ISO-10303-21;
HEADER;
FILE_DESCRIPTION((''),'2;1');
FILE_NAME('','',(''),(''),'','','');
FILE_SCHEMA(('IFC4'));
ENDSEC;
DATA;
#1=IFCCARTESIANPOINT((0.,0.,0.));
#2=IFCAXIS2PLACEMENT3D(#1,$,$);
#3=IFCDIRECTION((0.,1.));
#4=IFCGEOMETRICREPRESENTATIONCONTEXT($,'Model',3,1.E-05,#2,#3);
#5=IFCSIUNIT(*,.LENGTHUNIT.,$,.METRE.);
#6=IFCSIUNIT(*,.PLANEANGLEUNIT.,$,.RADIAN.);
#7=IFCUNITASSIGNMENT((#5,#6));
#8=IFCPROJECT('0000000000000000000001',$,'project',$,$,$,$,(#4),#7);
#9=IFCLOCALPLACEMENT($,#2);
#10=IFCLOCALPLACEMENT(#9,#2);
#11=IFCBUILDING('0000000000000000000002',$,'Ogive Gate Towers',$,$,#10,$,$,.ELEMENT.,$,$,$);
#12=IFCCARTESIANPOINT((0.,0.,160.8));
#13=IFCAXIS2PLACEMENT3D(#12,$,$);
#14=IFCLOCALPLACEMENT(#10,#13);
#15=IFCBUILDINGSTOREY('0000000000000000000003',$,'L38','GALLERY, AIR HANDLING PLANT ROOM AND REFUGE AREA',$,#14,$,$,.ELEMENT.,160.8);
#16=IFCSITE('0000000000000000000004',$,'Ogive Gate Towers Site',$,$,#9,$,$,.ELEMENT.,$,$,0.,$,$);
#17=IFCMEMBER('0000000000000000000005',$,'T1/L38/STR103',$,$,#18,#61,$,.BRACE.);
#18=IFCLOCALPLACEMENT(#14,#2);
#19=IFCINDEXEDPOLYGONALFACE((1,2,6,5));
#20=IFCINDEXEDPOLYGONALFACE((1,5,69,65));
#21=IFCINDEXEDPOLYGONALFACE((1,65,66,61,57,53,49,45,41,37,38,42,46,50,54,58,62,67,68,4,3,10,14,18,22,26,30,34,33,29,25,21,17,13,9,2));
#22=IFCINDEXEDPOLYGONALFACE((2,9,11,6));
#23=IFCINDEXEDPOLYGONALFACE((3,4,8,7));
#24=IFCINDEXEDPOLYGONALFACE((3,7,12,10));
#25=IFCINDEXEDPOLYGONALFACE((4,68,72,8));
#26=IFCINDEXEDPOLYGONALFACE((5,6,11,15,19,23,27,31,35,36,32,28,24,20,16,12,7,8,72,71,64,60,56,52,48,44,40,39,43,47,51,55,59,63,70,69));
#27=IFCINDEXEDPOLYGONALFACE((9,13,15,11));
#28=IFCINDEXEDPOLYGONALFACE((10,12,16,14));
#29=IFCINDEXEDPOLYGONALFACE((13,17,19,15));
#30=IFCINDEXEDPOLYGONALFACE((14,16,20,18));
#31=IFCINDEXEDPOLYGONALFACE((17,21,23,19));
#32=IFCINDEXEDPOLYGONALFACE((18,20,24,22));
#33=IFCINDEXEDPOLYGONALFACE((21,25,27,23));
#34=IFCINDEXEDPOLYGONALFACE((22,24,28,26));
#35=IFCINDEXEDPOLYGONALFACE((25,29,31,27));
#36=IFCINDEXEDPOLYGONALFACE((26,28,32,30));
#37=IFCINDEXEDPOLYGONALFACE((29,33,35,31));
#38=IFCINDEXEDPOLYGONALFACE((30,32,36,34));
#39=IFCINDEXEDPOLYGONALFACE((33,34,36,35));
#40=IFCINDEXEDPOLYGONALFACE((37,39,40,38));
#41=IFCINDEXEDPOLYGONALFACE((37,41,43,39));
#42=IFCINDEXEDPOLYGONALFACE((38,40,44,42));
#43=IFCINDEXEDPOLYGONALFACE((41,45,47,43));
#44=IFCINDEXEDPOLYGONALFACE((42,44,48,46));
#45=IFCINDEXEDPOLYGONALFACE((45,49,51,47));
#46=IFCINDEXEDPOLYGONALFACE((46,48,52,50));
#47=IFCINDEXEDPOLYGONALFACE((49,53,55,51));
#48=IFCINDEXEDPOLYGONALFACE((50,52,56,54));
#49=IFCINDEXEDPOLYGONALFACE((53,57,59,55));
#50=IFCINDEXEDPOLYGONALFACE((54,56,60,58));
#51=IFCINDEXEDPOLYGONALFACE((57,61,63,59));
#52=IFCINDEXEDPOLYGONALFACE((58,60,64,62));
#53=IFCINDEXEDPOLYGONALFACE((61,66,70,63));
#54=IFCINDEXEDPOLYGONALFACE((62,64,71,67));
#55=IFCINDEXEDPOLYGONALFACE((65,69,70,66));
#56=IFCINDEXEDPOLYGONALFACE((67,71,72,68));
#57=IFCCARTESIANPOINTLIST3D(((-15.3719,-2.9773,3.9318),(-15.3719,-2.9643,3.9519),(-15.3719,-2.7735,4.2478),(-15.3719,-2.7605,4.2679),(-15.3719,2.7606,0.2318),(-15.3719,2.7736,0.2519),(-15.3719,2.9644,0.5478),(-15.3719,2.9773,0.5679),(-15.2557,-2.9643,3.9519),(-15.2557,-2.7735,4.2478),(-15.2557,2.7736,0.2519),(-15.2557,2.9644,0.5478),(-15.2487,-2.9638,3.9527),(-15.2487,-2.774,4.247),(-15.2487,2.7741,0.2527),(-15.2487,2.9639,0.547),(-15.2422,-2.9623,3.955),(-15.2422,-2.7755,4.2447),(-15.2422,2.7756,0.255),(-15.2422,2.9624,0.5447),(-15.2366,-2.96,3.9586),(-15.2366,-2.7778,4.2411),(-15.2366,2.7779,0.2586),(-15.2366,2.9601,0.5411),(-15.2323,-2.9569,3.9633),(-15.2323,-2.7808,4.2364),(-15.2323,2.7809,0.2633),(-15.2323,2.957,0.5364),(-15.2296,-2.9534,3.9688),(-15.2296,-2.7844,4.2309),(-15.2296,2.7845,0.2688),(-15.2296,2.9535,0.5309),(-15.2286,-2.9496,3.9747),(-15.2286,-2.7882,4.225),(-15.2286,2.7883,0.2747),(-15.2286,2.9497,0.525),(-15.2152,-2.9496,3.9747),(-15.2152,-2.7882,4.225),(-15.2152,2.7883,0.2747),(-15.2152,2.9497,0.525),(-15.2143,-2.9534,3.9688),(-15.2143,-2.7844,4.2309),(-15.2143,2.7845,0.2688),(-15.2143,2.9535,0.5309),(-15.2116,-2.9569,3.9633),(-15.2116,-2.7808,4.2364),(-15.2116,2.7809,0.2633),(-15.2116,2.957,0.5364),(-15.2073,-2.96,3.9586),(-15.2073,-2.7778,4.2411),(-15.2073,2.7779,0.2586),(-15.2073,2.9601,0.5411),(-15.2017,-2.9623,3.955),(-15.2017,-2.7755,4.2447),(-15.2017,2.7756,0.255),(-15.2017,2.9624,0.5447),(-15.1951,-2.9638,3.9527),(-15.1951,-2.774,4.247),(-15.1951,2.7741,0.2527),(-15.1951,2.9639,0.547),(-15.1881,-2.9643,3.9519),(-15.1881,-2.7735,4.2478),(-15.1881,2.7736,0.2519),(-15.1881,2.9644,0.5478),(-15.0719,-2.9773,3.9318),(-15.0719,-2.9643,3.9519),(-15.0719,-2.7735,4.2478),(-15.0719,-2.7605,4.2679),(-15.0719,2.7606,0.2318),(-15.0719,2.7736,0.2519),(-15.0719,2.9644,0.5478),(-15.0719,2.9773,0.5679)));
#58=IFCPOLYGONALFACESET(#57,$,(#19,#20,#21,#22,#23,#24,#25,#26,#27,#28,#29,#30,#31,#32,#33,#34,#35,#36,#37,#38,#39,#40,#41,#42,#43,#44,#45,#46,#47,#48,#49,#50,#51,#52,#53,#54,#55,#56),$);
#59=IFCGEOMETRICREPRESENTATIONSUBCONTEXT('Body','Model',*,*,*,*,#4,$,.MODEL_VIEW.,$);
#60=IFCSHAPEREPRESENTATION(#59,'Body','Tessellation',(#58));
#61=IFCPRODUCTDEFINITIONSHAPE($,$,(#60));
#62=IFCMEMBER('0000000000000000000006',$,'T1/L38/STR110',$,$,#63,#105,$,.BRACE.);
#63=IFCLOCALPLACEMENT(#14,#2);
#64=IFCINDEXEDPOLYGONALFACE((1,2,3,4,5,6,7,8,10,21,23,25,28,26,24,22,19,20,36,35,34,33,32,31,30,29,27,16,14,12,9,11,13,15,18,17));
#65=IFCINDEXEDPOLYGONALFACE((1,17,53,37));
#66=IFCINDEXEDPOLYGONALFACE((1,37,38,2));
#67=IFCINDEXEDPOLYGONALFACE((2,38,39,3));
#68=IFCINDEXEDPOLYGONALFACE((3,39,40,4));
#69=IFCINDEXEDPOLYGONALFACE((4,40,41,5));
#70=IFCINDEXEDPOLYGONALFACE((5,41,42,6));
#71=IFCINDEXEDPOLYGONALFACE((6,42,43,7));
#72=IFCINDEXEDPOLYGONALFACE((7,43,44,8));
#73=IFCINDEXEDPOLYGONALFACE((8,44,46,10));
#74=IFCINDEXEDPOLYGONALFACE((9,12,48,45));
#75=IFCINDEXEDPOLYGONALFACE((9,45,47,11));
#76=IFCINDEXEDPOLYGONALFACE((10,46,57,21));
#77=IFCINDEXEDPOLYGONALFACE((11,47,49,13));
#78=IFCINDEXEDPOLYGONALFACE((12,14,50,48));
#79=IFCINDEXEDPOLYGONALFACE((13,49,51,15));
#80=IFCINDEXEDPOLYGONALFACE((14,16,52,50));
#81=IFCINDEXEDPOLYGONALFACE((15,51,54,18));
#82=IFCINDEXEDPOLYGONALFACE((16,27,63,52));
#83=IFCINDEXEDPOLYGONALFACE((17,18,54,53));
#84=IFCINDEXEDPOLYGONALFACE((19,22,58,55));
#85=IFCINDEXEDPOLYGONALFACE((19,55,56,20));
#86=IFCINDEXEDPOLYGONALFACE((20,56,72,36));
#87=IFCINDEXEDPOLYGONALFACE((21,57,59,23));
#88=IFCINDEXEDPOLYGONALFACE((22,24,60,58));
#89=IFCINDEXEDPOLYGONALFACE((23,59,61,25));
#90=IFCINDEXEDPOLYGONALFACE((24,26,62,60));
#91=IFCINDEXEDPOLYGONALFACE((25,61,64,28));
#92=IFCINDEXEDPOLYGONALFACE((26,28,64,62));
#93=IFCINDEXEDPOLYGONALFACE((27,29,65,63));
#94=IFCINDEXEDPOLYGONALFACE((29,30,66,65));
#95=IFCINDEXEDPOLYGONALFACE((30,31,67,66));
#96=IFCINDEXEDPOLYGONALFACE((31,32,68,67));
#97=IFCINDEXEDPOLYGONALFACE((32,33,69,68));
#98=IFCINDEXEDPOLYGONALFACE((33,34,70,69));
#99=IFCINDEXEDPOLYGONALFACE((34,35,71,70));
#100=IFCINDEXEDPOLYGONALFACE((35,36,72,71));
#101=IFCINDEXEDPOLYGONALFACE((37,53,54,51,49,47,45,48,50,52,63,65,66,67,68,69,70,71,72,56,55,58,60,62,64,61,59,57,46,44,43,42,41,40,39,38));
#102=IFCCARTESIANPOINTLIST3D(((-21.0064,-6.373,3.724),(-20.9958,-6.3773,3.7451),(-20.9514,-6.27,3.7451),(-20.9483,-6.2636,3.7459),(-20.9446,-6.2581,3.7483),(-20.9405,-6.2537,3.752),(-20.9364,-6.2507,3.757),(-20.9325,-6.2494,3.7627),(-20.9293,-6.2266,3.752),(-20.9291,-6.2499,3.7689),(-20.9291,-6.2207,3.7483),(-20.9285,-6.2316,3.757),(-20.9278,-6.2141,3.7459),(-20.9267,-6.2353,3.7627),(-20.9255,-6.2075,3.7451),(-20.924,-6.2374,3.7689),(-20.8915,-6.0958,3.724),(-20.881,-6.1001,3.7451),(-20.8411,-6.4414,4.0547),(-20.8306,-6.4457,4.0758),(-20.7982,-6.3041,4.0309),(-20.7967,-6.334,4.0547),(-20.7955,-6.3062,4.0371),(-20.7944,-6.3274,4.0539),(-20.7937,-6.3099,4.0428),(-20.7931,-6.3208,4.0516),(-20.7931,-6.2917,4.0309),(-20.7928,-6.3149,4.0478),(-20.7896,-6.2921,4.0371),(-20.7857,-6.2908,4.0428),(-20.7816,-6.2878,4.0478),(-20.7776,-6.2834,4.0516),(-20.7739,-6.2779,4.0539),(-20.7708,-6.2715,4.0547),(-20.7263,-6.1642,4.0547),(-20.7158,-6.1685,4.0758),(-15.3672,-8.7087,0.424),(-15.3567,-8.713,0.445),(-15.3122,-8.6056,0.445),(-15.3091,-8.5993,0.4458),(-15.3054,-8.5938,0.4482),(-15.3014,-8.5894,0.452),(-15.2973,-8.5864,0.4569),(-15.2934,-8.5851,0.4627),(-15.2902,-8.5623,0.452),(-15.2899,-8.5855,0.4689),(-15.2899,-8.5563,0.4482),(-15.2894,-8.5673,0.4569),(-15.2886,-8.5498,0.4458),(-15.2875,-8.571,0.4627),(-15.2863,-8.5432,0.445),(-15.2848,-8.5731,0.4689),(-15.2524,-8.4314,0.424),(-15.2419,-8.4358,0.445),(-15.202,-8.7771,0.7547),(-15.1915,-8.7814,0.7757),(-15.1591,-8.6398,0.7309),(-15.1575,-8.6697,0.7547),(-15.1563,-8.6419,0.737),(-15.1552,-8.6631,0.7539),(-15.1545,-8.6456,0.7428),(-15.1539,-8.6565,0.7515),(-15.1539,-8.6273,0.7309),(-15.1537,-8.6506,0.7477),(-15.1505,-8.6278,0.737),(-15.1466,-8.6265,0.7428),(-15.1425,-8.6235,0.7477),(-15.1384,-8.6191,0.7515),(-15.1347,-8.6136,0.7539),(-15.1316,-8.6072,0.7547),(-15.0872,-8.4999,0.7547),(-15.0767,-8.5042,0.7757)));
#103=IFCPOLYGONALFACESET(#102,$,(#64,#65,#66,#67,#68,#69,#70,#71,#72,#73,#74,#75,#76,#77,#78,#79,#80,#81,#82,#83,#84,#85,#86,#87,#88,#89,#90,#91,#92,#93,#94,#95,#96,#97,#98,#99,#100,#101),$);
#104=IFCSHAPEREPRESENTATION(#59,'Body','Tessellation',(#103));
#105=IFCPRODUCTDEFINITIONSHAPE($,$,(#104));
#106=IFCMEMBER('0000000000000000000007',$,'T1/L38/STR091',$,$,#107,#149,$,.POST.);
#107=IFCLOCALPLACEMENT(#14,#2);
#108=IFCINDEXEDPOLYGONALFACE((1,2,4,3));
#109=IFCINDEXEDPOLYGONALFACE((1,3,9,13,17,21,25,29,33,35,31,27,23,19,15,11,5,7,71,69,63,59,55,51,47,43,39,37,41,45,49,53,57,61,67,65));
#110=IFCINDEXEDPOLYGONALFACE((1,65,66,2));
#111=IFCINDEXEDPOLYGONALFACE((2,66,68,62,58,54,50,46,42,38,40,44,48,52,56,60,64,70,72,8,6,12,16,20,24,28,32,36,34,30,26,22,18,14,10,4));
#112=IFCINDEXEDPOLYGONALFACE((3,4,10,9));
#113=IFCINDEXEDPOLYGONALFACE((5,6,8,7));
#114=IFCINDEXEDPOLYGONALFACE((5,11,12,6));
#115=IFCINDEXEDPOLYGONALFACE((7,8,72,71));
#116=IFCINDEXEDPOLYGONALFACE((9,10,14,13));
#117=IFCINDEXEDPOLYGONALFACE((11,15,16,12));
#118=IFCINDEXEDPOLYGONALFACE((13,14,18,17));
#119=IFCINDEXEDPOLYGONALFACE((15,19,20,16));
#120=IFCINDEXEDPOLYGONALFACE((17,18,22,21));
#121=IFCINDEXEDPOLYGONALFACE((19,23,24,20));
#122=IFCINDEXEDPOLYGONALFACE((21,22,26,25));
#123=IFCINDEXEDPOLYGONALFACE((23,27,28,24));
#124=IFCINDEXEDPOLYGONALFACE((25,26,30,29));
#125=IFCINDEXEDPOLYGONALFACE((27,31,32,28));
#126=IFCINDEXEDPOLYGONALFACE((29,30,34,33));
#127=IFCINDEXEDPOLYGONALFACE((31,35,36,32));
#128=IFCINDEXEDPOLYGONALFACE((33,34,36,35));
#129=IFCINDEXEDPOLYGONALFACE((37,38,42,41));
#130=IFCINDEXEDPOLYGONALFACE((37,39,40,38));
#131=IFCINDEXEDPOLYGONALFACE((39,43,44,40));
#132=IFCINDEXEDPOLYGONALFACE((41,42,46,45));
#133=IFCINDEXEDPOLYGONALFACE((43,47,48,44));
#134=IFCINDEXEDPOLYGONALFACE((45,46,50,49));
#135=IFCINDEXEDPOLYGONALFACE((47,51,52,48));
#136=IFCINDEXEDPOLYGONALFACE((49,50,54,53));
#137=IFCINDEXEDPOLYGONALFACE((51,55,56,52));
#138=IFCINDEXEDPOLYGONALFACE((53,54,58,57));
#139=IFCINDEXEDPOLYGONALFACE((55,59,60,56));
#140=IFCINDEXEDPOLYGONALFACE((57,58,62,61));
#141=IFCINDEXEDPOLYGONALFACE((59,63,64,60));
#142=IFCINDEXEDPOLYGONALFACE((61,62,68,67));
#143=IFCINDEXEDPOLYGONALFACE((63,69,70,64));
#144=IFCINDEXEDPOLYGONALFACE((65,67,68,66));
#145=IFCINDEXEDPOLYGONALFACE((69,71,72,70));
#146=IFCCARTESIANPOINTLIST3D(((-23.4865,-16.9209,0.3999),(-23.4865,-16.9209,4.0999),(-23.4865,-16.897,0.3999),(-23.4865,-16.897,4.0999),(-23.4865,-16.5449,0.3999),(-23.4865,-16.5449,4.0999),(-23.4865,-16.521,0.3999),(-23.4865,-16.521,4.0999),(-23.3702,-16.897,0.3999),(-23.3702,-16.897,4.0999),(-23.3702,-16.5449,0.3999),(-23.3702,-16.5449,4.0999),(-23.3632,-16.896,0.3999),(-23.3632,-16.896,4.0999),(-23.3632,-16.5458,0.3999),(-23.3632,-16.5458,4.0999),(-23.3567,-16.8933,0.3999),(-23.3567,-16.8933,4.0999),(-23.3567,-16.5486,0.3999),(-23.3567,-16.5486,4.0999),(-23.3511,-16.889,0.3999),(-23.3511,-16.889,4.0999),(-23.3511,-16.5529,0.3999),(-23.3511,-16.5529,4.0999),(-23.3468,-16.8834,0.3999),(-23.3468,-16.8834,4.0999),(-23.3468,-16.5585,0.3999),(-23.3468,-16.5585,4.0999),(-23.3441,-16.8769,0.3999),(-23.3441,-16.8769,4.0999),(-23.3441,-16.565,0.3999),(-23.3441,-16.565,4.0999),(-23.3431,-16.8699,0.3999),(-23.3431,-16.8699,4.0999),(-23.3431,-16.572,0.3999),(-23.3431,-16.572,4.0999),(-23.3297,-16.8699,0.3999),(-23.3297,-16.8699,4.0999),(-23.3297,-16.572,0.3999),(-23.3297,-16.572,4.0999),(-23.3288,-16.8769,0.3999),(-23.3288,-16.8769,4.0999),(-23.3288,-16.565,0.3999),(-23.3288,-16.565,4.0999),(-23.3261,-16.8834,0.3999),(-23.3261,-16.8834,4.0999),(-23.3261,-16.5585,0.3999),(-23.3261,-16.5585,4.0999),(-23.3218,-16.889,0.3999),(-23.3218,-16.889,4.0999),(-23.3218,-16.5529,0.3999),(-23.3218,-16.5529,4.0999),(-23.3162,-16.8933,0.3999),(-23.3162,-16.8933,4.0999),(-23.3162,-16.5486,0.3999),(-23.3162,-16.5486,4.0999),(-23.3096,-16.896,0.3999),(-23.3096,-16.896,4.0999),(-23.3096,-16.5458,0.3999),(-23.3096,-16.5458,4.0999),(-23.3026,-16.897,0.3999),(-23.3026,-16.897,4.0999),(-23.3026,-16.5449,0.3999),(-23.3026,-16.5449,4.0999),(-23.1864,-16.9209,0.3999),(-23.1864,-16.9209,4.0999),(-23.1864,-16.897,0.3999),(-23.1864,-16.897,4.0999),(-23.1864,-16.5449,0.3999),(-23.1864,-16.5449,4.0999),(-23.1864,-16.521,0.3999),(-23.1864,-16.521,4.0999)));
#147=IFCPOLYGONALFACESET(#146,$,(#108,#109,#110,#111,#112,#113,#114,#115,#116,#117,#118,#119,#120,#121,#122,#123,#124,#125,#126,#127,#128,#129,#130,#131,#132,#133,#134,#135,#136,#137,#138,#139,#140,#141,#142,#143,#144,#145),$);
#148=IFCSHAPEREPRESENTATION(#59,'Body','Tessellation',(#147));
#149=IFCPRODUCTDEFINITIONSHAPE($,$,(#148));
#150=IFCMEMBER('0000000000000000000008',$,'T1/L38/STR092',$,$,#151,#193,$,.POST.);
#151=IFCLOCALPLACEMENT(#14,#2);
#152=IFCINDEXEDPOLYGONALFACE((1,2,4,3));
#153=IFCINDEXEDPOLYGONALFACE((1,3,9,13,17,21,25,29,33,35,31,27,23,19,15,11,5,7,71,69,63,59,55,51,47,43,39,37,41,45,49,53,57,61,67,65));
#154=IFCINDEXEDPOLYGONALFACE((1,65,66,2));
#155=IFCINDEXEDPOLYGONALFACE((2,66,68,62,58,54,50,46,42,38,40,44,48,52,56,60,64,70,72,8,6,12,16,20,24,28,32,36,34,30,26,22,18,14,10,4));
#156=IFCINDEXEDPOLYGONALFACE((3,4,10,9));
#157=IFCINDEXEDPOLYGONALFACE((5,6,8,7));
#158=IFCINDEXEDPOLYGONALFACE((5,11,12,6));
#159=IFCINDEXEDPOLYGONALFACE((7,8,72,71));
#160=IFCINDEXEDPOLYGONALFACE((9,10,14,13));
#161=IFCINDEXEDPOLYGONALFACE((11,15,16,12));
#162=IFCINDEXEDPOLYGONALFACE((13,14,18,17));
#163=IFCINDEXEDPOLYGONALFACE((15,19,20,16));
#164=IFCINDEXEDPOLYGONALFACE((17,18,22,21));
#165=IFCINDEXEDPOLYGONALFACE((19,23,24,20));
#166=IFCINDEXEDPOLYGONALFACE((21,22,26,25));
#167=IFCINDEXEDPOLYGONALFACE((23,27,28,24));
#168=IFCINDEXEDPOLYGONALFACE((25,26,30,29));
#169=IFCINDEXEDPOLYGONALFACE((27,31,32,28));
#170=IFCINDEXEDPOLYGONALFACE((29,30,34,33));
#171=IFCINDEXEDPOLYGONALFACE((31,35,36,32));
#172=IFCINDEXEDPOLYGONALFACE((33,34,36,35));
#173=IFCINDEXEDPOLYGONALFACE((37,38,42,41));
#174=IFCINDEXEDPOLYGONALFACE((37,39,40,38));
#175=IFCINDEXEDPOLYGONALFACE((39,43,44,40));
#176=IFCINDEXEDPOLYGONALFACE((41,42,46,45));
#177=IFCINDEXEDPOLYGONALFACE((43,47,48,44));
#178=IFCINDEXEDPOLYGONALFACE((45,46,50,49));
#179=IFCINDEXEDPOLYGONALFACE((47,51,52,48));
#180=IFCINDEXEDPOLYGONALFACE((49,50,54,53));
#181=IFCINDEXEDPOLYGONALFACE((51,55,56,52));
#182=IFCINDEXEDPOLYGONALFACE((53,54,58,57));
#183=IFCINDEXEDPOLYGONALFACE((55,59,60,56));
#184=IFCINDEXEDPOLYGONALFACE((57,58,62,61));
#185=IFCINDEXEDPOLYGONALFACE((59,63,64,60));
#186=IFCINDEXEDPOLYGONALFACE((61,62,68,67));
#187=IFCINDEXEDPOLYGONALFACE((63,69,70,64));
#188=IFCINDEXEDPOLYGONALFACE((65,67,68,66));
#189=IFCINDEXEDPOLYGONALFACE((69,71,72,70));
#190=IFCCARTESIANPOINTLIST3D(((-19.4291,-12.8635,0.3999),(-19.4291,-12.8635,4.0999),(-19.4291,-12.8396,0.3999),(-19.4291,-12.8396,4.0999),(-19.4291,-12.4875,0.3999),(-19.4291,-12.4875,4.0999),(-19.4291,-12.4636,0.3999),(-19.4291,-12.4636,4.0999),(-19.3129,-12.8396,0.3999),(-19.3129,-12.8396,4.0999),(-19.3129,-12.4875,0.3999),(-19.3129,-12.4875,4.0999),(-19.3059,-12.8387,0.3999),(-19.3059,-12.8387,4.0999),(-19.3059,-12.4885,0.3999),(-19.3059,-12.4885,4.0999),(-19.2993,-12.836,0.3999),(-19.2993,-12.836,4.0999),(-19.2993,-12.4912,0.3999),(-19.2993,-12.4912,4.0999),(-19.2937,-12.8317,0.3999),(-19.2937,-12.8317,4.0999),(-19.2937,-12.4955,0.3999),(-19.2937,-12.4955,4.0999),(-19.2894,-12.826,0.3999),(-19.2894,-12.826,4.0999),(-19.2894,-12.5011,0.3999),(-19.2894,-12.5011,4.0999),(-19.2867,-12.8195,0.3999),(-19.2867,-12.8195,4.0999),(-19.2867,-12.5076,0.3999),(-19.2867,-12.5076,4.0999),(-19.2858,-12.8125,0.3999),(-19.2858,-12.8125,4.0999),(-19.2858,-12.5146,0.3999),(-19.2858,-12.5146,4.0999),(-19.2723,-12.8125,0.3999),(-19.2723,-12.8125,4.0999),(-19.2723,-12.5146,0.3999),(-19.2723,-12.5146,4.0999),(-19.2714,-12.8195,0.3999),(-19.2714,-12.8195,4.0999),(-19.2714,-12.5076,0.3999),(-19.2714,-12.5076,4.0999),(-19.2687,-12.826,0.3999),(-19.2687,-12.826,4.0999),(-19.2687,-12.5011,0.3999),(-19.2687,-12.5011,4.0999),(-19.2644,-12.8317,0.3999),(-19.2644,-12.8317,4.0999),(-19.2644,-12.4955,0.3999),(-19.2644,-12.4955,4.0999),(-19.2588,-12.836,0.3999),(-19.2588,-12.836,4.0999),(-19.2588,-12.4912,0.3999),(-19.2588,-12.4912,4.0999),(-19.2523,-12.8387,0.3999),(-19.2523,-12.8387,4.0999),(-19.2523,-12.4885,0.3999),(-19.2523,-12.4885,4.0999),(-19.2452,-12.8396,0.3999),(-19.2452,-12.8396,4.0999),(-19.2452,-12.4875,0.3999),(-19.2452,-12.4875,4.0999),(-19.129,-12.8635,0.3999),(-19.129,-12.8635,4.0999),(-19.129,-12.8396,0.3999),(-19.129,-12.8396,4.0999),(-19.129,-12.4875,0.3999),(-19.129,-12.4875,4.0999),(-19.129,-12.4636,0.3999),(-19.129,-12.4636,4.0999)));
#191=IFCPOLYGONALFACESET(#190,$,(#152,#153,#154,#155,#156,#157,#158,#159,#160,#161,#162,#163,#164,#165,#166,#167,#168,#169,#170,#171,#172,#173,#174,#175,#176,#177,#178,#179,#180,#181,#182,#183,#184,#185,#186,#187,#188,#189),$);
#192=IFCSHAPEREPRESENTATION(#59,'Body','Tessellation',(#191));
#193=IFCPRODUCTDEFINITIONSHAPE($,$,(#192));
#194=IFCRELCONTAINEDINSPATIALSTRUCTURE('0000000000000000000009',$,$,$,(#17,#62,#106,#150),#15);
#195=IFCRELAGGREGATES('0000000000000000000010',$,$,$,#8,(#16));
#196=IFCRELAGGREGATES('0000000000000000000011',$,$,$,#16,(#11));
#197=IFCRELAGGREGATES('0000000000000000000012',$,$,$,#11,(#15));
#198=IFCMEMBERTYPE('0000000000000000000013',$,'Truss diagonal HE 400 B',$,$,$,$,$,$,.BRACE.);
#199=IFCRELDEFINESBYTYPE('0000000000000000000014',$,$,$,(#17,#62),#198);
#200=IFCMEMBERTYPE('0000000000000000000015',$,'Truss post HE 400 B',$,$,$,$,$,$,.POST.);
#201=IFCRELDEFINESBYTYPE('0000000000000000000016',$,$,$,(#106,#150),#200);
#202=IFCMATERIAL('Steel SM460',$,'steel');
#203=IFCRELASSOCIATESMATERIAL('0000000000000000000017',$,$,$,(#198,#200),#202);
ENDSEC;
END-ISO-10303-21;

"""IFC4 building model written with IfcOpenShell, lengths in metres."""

from ifc_helpers import new_model, si_unit, direction, frame, origin, origin_2d, place, context, subcontext, project, spatial, i_section, extrude, material, material_profile, profile_set, type_object, element, save


model = new_model("IFC4")

# Units and contexts
model_context = context("Model", 3, precision=1e-05, world=origin(), true_north=direction((0.0, 1.0)))
body_context = subcontext(model_context, "Body", "Model", "MODEL_VIEW")
ifc_project = project(units=[si_unit("LENGTHUNIT", "METRE"), si_unit("PLANEANGLEUNIT", "RADIAN")], contexts=[model_context])

# Site, building, storey
site_placement = place(None, origin())
site = spatial("IfcSite", under=ifc_project, at=site_placement, Name="Ogive Gate Towers Site", CompositionType="ELEMENT", RefElevation=0.0)
building_placement = place(site_placement, origin())
building = spatial("IfcBuilding", under=site, at=building_placement, Name="Ogive Gate Towers", CompositionType="ELEMENT")
storey_placement = place(building_placement, frame((0.0, 0.0, 160.8)))
storey = spatial("IfcBuildingStorey", under=building, at=storey_placement, Name="L38", Description="GALLERY, AIR HANDLING PLANT ROOM AND REFUGE AREA", CompositionType="ELEMENT", Elevation=160.8)

# Shared definitions
ifc_material_1 = material(Name="Steel SM460", Category="steel")

# Members
ifc_material_profile_1 = material_profile(ifc_material_1, i_section(OverallWidth=0.3, OverallDepth=0.3999, WebThickness=0.0134, FlangeThickness=0.0239, FilletRadius=0.0271, at=origin_2d()), Name="HE 400 B")
ifc_profile_set_1 = profile_set([ifc_material_profile_1], Name="Steel SM460")
member_type_1 = type_object("IfcMemberType", Name="Truss diagonal HE 400 B", PredefinedType="BRACE", material=ifc_profile_set_1)
member_1_placement = place(storey_placement, frame((-15.2219, -2.8689, 4.0999), z_axis=(0.0, 0.84042, -0.541935), x_axis=(-1.0, 0.0, 0.0)))
element("IfcMember", 1, at=member_1_placement, inside=storey, type_object=member_type_1, Name="T1/L38/STR103", PredefinedType="BRACE", context=body_context, shape_type="SweptSolid", body=[
    extrude(i_section(OverallWidth=0.3, OverallDepth=0.3999, WebThickness=0.0134, FlangeThickness=0.0239, FilletRadius=0.0271, at=origin_2d()), origin(), (0.0, 0.0, 1.0), 6.8274),
])
member_2_placement = place(storey_placement, frame((-20.8611, -6.2708, 3.8999), z_axis=(0.812708, -0.336617, -0.475599), x_axis=(0.382666, 0.923887, 0.0)))
element("IfcMember", 2, at=member_2_placement, inside=storey, type_object=member_type_1, Name="T1/L38/STR110", PredefinedType="BRACE", context=body_context, shape_type="SweptSolid", body=[
    extrude(i_section(OverallWidth=0.3, OverallDepth=0.3999, WebThickness=0.0134, FlangeThickness=0.0239, FilletRadius=0.0271, at=origin_2d()), origin(), (0.0, 0.0, 1.0), 6.9387),
])
ifc_material_profile_2 = material_profile(ifc_material_1, i_section(OverallWidth=0.3, OverallDepth=0.3999, WebThickness=0.0134, FlangeThickness=0.0239, FilletRadius=0.0271, at=origin_2d()), Name="HE 400 B")
ifc_profile_set_2 = profile_set([ifc_material_profile_2], Name="Steel SM460")
member_type_2 = type_object("IfcMemberType", Name="Truss post HE 400 B", PredefinedType="POST", material=ifc_profile_set_2)
for number, where, z_axis, x_axis, name in (
    (3, (-23.3364, -16.7209, 0.3999), (0.0, 0.0, 1.0), (1.0, 0.0, 0.0), "T1/L38/STR091"),
    (4, (-19.2791, -12.6636, 0.3999), (0.0, 0.0, 1.0), (1.0, 0.0, 0.0), "T1/L38/STR092"),
):
    element("IfcMember", number, at=place(storey_placement, frame(where, z_axis=z_axis, x_axis=x_axis)), inside=storey, type_object=member_type_2, Name=name, PredefinedType="POST", context=body_context, shape_type="SweptSolid", body=[
        extrude(i_section(OverallWidth=0.3, OverallDepth=0.3999, WebThickness=0.0134, FlangeThickness=0.0239, FilletRadius=0.0271, at=origin_2d()), origin(), (0.0, 0.0, 1.0), 3.7),
    ])

save(model, "model.ifc")
